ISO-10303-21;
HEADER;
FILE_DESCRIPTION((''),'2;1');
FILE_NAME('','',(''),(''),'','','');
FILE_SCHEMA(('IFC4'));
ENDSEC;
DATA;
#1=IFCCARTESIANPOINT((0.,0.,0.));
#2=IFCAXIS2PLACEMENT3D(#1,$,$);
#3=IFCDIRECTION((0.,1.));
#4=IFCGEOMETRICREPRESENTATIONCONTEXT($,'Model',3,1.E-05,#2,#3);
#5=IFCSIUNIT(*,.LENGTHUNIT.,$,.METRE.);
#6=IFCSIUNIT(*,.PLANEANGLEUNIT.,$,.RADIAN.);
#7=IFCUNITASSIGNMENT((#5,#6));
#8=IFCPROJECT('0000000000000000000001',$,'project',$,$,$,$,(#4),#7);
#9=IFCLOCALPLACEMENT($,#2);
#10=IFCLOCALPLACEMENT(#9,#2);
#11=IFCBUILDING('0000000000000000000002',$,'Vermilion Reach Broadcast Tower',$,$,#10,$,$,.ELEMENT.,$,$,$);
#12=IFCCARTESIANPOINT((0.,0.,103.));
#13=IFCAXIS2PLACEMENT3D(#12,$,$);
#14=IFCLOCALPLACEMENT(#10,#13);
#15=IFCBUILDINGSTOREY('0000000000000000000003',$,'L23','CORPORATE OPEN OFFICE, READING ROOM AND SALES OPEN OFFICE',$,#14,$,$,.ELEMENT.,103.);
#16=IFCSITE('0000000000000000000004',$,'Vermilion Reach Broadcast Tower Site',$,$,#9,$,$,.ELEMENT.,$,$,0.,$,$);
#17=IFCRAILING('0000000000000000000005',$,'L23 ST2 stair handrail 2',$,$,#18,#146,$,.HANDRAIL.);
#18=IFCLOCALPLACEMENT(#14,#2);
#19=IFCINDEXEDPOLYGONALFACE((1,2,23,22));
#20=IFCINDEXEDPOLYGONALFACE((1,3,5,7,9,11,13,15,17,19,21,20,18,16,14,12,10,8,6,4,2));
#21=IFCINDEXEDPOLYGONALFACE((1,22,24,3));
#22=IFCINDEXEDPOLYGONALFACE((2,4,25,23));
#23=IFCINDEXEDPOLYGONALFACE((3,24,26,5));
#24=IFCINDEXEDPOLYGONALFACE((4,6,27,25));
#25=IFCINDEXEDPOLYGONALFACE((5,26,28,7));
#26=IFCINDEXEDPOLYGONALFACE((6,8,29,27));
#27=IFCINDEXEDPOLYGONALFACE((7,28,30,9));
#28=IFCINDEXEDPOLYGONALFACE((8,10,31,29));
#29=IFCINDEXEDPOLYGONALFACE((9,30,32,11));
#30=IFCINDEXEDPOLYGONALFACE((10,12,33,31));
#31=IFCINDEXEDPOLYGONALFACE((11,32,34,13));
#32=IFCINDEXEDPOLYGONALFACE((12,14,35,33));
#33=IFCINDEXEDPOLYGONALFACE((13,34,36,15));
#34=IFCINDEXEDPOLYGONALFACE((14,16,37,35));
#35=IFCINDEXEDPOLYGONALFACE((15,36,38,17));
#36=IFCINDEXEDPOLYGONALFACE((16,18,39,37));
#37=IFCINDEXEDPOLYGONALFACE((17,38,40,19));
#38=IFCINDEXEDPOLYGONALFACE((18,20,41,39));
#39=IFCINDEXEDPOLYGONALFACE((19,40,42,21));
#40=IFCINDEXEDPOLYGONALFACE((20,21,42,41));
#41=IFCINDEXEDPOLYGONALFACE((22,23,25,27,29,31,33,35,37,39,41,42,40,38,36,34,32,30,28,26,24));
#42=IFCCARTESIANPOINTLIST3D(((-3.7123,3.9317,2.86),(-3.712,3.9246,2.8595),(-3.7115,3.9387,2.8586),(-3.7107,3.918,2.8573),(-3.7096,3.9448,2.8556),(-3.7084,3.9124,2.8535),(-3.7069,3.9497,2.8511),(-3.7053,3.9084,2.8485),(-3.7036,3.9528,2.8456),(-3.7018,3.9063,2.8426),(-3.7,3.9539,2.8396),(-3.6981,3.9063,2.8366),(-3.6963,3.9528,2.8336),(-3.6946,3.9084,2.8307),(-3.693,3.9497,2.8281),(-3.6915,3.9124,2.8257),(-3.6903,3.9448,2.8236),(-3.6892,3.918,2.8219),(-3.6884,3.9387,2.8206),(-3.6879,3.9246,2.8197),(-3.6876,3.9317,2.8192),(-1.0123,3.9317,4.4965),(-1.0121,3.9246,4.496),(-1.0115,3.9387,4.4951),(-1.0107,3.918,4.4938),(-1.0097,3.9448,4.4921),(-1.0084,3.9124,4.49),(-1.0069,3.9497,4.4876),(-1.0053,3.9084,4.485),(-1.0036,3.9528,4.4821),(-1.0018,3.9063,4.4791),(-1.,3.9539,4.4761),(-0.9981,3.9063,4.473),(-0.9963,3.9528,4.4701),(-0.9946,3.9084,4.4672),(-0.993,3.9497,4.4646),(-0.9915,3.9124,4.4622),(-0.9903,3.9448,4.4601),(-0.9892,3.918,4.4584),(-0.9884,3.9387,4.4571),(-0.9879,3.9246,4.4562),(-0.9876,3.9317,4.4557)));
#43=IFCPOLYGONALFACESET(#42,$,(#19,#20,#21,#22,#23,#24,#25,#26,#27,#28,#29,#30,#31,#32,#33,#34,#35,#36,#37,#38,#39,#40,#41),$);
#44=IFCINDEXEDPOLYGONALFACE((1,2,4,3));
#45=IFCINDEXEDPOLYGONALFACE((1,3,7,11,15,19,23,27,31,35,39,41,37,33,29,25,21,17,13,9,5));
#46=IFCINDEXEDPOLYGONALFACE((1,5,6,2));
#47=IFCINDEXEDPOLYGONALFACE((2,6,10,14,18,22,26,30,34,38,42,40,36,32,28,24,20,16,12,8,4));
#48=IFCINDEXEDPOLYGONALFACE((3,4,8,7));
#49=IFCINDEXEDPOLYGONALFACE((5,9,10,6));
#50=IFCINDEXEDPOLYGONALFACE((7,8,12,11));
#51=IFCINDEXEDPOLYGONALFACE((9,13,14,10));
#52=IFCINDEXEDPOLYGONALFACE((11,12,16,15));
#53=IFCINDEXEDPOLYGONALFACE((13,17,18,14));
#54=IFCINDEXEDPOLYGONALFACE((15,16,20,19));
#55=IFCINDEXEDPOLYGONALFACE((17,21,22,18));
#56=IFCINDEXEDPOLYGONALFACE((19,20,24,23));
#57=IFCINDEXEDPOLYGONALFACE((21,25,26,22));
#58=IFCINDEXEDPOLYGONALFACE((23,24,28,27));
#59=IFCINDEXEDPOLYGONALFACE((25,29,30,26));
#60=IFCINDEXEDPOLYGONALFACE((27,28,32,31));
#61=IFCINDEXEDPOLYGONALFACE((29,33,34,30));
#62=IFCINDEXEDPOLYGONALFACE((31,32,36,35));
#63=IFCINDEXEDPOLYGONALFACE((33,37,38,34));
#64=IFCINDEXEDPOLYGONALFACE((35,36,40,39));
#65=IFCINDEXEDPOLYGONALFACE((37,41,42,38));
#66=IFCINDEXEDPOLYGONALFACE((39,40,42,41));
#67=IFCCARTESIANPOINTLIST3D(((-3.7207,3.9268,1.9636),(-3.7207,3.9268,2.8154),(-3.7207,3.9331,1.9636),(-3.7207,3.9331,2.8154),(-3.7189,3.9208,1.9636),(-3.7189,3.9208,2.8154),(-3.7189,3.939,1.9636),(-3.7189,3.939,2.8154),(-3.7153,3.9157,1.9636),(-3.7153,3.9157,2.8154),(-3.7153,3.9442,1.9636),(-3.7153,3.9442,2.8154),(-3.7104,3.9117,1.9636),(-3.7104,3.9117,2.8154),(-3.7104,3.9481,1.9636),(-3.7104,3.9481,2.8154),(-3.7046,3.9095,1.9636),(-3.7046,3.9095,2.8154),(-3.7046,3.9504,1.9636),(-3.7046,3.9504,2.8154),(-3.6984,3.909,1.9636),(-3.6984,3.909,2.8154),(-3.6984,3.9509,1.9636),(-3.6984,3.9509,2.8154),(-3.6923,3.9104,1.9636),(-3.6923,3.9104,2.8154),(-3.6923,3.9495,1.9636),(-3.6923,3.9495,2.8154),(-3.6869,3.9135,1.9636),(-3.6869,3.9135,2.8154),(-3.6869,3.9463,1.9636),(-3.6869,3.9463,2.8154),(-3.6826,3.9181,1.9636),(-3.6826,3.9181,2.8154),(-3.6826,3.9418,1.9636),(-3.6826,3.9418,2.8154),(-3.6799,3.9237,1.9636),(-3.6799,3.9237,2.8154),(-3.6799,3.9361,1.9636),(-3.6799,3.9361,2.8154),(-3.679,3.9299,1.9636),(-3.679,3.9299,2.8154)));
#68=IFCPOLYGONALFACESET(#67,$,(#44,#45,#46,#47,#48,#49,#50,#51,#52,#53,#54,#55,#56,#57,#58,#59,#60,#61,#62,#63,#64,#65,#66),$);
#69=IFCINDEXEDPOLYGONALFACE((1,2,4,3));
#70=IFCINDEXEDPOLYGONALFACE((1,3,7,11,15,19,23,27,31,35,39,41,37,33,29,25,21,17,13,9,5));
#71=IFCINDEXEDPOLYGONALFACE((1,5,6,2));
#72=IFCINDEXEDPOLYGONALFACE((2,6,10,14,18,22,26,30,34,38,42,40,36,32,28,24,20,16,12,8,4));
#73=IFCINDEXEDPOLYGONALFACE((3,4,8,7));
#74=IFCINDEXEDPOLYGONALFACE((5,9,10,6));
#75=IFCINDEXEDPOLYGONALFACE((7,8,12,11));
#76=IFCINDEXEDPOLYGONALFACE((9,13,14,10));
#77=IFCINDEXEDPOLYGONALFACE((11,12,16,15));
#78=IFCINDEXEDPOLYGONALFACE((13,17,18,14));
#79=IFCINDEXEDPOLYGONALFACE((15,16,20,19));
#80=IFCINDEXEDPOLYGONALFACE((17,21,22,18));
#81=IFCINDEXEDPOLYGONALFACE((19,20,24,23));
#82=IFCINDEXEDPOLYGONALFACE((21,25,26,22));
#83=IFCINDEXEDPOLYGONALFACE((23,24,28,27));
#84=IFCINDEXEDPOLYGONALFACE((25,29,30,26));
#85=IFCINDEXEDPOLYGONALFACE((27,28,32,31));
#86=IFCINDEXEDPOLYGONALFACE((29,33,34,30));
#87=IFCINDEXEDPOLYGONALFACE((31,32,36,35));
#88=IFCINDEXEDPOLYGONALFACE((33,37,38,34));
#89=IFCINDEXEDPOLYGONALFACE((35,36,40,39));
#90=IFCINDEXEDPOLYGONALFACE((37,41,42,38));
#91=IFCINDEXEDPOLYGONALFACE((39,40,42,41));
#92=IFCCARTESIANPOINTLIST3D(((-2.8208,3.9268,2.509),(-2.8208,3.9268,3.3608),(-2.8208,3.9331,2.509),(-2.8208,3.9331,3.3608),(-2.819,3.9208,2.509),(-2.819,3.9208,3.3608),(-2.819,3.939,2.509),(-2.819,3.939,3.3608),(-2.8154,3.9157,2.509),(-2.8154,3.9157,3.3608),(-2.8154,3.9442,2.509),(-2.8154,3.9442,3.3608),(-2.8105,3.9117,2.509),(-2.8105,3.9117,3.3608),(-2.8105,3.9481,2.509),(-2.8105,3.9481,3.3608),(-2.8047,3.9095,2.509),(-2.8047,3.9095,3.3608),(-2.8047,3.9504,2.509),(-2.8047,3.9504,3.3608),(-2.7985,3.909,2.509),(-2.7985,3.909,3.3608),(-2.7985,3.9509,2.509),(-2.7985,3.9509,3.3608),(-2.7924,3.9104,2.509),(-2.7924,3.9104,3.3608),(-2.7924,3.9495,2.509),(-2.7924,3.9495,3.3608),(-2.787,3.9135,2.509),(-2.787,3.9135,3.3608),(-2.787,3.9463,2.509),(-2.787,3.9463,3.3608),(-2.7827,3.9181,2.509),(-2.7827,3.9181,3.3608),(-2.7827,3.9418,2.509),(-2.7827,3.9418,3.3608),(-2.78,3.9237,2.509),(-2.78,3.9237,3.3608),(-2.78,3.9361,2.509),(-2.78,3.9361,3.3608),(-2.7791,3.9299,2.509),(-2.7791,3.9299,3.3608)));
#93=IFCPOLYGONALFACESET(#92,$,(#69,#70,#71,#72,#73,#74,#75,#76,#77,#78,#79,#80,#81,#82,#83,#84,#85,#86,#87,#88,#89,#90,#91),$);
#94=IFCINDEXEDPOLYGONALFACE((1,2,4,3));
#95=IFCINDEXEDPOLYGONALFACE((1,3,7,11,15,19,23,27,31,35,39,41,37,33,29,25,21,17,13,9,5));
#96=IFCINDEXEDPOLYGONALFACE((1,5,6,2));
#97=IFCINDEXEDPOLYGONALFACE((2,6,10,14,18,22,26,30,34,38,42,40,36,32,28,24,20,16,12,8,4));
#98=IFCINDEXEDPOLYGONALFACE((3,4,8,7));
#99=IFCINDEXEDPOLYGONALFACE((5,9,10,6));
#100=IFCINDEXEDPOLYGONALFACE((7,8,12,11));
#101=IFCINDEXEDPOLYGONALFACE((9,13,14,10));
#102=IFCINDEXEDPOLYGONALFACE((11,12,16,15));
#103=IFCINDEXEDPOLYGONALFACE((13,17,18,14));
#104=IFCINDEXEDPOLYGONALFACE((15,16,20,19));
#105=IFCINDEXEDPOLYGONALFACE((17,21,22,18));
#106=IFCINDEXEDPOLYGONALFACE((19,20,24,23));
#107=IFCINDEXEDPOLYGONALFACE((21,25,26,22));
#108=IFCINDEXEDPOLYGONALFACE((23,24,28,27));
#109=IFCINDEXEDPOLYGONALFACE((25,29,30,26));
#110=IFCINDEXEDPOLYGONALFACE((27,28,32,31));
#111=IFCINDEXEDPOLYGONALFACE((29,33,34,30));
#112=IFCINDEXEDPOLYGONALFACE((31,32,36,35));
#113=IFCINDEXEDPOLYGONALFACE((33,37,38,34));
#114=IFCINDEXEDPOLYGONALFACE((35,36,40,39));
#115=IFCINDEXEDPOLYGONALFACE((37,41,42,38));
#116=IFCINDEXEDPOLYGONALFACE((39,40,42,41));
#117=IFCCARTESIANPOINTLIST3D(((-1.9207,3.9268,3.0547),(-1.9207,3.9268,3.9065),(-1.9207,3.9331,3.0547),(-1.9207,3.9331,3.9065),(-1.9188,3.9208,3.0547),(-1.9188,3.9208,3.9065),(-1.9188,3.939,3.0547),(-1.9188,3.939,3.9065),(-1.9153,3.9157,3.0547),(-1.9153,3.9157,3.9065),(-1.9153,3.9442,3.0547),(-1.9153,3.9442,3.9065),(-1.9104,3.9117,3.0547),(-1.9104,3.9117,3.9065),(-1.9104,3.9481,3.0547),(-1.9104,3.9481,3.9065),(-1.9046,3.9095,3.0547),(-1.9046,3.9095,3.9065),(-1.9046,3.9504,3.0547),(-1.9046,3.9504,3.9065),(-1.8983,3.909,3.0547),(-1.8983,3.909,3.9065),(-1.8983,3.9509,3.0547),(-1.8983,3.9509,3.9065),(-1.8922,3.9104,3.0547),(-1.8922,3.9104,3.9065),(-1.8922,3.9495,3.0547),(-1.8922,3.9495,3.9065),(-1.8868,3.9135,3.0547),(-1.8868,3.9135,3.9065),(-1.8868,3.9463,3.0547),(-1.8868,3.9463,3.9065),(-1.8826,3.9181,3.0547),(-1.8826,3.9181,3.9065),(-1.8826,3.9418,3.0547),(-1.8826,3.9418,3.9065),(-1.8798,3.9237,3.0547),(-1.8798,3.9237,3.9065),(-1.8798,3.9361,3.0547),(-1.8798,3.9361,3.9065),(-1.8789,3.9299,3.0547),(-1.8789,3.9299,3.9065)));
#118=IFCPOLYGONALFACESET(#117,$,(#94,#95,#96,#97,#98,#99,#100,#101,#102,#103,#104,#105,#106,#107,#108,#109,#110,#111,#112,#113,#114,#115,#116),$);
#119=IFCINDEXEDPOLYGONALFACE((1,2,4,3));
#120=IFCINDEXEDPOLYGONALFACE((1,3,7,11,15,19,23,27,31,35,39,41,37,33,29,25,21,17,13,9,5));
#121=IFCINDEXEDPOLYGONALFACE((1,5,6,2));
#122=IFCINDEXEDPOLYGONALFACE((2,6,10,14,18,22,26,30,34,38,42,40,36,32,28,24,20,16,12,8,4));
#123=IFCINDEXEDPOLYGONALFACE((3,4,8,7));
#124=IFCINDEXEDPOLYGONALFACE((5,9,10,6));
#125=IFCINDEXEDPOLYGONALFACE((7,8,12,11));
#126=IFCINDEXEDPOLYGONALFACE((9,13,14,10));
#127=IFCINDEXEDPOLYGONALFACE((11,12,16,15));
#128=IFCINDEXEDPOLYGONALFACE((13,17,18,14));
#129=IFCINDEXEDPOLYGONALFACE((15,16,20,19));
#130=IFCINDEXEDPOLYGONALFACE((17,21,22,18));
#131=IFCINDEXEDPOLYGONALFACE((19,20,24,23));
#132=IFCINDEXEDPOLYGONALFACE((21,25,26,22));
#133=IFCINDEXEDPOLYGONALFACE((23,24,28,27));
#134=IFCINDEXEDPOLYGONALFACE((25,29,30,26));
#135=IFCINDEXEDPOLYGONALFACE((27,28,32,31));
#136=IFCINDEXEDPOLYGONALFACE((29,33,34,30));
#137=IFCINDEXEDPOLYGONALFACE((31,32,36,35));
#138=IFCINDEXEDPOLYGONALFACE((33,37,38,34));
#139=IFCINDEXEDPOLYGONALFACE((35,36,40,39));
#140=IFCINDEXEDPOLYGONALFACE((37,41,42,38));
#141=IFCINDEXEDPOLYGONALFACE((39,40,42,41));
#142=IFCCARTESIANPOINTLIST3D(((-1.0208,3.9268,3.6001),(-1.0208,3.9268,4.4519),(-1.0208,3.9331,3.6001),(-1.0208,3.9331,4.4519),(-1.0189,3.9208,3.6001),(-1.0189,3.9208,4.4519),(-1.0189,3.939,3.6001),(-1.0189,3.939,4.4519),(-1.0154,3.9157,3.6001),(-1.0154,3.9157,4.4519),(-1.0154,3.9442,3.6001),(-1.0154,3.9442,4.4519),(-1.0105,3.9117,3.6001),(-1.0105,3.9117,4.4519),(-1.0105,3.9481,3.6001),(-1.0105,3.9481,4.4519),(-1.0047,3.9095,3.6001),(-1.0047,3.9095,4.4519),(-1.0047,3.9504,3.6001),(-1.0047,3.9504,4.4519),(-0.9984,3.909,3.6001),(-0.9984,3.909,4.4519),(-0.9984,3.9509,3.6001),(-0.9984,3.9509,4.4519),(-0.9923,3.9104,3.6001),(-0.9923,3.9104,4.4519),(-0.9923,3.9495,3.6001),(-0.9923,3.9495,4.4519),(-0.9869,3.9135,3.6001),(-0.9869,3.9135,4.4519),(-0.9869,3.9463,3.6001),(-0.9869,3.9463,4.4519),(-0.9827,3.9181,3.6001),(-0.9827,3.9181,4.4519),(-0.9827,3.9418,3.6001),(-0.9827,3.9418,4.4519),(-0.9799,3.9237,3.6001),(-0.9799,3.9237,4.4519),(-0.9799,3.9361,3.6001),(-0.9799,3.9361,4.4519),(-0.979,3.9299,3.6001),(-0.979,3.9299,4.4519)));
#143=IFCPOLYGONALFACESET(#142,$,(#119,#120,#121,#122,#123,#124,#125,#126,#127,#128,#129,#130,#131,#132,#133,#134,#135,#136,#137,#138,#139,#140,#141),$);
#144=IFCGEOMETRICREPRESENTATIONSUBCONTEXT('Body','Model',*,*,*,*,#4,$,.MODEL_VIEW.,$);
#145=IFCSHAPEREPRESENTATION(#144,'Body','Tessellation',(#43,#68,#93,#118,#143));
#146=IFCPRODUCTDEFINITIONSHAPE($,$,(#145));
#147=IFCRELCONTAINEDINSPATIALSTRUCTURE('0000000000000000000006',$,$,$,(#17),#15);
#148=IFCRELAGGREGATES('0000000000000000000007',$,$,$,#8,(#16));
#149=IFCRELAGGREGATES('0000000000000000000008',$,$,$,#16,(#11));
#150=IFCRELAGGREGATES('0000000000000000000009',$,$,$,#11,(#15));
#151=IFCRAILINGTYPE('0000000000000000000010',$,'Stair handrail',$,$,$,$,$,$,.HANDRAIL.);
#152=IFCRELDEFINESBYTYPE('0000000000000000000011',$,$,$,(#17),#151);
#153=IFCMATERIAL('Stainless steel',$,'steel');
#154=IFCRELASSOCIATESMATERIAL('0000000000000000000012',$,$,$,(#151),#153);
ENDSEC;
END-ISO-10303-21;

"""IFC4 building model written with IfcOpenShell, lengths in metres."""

from ifc_helpers import new_model, si_unit, direction, frame, origin, origin_2d, place, context, subcontext, project, spatial, circle, extrude, material, type_object, element, save


model = new_model("IFC4")

# Units and contexts
model_context = context("Model", 3, precision=1e-05, world=origin(), true_north=direction((0.0, 1.0)))
body_context = subcontext(model_context, "Body", "Model", "MODEL_VIEW")
ifc_project = project(units=[si_unit("LENGTHUNIT", "METRE"), si_unit("PLANEANGLEUNIT", "RADIAN")], contexts=[model_context])

# Site, building, storey
site_placement = place(None, origin())
site = spatial("IfcSite", under=ifc_project, at=site_placement, Name="Vermilion Reach Broadcast Tower Site", CompositionType="ELEMENT", RefElevation=0.0)
building_placement = place(site_placement, origin())
building = spatial("IfcBuilding", under=site, at=building_placement, Name="Vermilion Reach Broadcast Tower", CompositionType="ELEMENT")
storey_placement = place(building_placement, frame((0.0, 0.0, 103.0)))
storey = spatial("IfcBuildingStorey", under=building, at=storey_placement, Name="L23", Description="CORPORATE OPEN OFFICE, READING ROOM AND SALES OPEN OFFICE", CompositionType="ELEMENT", Elevation=103.0)

# Railing
ifc_material_1 = material(Name="Stainless steel", Category="steel")
railing_type_1 = type_object("IfcRailingType", Name="Stair handrail", PredefinedType="HANDRAIL", material=ifc_material_1)
railing_1_placement = place(storey_placement, frame((-3.7, 3.9299, 1.9636)))
element("IfcRailing", 1, at=railing_1_placement, inside=storey, type_object=railing_type_1, Name="L23 ST2 stair handrail 2", PredefinedType="HANDRAIL", context=body_context, shape_type="SweptSolid", body=[
    extrude(circle(Radius=0.0239, at=origin_2d()), frame((0.0, 0.0, 0.876), z_axis=(0.855178, 0.0, 0.518334), x_axis=(0.0, 1.0, 0.0)), (0.0, 0.0, 1.0), 3.1572),
    extrude(circle(Radius=0.021, at=origin_2d()), origin(), (0.0, 0.0, 1.0), 0.8518),
    extrude(circle(Radius=0.021, at=origin_2d()), frame((0.8999, 0.0, 0.5454)), (0.0, 0.0, 1.0), 0.8518),
    extrude(circle(Radius=0.021, at=origin_2d()), frame((1.8, 0.0, 1.0911)), (0.0, 0.0, 1.0), 0.8518),
    extrude(circle(Radius=0.021, at=origin_2d()), frame((2.7, 0.0, 1.6365)), (0.0, 0.0, 1.0), 0.8518),
])

save(model, "model.ifc")
